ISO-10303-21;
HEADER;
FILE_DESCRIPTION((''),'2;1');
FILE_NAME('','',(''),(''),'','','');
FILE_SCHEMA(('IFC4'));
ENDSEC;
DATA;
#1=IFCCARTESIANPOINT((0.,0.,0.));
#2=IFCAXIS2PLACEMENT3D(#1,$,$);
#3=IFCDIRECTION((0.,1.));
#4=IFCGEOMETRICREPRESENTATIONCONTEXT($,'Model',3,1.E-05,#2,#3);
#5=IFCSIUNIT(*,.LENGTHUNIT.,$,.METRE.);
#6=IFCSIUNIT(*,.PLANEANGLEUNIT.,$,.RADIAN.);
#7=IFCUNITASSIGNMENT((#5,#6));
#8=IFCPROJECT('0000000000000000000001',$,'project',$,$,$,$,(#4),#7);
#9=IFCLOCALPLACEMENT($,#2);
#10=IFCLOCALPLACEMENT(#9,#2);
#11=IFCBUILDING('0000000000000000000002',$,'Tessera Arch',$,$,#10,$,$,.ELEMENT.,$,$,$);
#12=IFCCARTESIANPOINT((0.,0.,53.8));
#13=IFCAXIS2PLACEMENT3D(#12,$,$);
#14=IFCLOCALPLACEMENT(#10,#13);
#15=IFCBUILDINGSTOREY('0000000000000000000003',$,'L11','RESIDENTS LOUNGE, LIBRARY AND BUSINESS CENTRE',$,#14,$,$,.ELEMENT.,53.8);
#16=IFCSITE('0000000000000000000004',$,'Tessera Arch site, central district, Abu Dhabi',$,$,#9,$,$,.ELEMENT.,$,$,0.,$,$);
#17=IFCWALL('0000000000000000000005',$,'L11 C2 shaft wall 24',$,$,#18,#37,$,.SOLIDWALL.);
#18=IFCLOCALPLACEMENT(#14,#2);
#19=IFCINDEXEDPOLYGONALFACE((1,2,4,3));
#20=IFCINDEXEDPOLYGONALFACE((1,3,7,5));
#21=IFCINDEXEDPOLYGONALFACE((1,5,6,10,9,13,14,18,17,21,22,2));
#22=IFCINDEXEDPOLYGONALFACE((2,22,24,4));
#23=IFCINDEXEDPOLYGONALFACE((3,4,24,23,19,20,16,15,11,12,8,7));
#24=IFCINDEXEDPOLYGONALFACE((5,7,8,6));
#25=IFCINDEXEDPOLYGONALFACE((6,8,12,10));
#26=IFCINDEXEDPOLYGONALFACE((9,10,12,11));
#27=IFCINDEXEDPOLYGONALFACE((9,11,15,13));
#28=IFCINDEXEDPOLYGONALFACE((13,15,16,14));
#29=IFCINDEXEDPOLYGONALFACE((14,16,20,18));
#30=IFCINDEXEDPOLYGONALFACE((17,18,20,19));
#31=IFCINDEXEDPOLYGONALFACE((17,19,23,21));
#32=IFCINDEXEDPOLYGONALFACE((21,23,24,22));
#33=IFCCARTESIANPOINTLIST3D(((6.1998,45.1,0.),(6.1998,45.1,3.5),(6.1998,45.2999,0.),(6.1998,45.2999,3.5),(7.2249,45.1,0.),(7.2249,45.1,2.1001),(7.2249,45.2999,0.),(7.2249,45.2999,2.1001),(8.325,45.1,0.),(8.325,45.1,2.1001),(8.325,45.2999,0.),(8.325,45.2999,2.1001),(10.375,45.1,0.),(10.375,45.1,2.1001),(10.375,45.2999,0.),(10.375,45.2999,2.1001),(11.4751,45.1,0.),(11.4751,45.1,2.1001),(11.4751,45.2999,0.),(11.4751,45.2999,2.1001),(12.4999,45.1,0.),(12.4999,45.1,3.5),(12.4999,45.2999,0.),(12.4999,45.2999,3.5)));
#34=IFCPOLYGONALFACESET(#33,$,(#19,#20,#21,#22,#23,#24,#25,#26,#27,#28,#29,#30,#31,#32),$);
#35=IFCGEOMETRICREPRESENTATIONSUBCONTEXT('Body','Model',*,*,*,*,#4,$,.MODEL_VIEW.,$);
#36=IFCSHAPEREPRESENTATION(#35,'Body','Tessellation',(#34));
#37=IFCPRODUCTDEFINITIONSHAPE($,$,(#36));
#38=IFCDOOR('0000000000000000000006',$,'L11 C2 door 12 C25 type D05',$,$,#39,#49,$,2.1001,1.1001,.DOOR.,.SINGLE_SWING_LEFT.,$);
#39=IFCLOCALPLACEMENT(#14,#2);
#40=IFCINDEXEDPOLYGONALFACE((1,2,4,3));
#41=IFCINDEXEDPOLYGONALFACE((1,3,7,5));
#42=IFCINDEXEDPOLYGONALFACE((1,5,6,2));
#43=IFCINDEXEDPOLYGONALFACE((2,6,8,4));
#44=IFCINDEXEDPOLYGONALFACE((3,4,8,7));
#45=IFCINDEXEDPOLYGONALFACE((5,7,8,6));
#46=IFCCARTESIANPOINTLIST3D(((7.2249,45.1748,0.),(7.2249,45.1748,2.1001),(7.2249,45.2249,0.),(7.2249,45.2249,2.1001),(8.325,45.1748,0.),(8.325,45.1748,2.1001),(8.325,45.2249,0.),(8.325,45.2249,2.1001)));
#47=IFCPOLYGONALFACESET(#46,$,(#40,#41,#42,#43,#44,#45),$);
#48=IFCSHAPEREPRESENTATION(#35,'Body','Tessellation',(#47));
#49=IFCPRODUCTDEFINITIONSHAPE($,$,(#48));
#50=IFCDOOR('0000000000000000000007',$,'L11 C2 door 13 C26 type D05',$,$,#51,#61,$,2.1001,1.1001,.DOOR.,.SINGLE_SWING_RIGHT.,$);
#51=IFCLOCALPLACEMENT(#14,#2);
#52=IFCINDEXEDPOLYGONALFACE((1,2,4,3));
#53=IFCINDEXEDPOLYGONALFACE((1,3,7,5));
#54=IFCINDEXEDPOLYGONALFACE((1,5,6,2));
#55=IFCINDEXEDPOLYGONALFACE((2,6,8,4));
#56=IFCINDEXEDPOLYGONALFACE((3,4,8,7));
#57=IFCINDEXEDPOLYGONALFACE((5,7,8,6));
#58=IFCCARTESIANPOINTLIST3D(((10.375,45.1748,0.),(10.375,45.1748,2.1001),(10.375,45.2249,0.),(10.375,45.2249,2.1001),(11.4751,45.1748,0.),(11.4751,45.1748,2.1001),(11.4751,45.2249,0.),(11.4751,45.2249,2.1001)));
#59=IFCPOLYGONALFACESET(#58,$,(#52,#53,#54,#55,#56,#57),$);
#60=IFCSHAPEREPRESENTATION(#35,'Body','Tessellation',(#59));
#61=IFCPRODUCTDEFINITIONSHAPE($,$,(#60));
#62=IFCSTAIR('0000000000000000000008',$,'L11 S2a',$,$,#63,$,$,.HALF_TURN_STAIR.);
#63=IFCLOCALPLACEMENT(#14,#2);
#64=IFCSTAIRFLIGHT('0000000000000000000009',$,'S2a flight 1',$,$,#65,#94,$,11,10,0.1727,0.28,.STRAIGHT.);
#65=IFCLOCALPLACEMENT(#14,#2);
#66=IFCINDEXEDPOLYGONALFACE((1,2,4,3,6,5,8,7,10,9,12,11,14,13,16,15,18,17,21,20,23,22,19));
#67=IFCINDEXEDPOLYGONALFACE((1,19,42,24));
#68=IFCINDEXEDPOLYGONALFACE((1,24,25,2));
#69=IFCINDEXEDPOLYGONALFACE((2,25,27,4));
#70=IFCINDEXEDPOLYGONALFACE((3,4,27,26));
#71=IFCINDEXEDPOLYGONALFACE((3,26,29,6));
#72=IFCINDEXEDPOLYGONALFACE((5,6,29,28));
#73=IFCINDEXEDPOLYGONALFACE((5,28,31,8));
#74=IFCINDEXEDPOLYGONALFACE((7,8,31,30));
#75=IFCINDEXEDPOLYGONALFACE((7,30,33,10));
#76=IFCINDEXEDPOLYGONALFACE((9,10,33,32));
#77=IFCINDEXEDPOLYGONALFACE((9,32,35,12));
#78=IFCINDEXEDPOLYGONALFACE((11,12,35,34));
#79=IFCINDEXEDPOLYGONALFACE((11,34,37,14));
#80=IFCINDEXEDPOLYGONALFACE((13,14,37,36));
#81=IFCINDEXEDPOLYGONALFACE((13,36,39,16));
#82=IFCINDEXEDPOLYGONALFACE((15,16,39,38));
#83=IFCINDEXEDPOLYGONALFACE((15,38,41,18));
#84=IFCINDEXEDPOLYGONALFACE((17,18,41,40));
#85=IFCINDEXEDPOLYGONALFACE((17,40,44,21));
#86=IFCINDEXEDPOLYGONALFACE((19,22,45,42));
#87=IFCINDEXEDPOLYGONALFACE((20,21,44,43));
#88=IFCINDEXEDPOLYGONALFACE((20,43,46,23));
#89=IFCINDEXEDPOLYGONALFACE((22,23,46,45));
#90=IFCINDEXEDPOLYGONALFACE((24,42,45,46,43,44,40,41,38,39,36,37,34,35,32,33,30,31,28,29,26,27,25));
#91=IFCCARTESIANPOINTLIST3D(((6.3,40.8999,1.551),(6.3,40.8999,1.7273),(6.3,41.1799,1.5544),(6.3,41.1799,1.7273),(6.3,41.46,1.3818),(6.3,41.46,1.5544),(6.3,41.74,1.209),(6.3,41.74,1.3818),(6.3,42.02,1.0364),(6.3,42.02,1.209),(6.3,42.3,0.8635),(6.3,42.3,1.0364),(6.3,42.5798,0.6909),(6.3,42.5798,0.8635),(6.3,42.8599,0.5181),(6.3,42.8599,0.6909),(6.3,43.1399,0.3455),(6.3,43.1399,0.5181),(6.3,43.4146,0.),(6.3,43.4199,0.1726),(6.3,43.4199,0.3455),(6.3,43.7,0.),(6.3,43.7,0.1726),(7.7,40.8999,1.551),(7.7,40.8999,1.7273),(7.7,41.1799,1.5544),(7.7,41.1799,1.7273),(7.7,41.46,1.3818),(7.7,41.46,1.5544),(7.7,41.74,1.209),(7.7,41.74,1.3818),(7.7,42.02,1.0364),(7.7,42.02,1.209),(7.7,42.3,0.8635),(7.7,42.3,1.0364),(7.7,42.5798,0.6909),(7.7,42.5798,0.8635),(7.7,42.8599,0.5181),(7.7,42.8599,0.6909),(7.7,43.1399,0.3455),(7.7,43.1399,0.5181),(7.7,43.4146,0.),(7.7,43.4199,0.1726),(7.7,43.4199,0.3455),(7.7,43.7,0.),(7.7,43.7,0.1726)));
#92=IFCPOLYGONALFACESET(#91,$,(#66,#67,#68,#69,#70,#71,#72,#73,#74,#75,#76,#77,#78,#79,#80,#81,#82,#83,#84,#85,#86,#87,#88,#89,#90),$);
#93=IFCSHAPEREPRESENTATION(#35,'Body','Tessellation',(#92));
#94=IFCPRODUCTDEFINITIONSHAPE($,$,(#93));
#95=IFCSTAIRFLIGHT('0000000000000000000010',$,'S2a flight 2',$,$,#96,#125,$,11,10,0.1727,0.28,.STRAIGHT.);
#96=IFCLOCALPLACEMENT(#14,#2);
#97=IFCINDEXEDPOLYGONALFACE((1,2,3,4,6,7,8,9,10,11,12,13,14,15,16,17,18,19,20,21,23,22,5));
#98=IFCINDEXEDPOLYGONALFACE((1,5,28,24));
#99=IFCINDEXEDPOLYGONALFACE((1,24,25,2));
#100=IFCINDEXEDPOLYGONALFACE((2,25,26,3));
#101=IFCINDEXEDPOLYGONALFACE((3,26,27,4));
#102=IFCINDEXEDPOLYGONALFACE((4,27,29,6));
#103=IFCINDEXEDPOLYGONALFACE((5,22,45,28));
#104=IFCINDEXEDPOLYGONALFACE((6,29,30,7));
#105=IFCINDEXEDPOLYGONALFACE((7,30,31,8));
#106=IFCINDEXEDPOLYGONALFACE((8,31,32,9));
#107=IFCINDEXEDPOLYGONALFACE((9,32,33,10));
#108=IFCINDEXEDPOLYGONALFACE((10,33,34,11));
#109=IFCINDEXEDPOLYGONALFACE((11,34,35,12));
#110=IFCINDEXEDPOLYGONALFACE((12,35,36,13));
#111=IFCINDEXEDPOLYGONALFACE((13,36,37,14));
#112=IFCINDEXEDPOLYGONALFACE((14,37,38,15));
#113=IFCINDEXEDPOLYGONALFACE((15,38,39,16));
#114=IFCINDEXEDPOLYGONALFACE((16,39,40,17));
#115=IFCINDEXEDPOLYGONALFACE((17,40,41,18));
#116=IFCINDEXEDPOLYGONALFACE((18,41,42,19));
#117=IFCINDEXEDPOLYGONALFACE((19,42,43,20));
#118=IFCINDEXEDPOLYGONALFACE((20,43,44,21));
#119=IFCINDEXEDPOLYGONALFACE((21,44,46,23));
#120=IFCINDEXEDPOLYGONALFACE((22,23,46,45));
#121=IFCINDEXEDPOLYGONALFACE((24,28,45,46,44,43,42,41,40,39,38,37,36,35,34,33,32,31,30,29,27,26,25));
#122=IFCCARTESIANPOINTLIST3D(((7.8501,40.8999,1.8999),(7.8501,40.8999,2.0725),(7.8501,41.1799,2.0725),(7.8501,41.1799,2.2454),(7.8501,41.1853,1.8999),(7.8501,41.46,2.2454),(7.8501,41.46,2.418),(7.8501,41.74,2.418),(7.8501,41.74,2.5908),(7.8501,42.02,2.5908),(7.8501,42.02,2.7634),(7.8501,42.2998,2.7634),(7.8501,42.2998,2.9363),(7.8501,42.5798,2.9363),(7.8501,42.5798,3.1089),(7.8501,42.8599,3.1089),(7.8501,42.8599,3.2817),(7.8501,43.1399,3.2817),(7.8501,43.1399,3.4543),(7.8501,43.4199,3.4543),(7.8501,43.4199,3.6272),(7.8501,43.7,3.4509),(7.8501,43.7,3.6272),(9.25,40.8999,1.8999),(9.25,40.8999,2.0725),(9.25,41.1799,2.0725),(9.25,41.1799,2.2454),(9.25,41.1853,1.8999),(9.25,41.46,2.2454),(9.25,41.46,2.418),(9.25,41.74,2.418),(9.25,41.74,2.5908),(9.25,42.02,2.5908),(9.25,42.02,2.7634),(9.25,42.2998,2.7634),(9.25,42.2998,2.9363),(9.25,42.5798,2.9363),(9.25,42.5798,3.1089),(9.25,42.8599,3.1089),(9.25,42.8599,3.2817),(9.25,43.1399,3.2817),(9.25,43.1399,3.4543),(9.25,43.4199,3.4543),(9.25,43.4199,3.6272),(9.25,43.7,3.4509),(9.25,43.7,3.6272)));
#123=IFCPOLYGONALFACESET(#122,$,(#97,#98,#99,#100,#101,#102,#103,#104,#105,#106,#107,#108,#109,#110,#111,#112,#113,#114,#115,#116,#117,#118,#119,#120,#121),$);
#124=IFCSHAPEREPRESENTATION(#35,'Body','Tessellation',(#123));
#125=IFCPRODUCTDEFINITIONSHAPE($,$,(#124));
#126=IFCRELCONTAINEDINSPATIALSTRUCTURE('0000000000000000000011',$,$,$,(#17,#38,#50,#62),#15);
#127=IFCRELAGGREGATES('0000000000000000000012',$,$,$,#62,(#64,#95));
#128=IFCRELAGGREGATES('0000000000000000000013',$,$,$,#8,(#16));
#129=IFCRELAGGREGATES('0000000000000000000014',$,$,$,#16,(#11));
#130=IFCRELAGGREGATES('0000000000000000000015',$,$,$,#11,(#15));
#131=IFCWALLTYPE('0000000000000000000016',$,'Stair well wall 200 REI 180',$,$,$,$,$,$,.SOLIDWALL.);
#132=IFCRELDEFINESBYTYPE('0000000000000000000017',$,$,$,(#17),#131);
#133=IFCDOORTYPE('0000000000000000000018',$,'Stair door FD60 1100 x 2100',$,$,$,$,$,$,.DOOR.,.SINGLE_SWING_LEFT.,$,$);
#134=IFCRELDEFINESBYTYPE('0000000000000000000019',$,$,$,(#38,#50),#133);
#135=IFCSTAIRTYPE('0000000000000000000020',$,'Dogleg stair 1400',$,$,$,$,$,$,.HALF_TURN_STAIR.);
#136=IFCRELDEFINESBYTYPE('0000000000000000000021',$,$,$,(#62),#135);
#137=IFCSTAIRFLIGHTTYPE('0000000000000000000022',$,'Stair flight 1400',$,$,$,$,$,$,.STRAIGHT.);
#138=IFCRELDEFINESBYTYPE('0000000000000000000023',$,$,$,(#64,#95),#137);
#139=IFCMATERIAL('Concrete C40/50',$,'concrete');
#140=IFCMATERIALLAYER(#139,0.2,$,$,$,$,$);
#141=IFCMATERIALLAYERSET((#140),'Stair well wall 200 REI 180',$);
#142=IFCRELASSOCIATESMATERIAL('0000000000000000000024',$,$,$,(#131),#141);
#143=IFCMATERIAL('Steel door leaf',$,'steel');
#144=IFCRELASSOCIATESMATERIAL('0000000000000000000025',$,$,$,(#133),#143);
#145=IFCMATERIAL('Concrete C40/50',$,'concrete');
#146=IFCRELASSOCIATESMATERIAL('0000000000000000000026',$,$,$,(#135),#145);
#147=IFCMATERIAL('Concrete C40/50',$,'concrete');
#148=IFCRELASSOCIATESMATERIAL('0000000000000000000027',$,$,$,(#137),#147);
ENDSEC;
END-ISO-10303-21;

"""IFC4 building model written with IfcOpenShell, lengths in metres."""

from ifc_helpers import new_model, si_unit, direction, frame, frame_2d, origin, place, context, subcontext, project, spatial, polyline, rectangle, outline, extrude, material, layer, layer_set, type_object, element, fill, aggregate, save


model = new_model("IFC4")

# Units and contexts
model_context = context("Model", 3, precision=1e-05, world=origin(), true_north=direction((0.0, 1.0)))
body_context = subcontext(model_context, "Body", "Model", "MODEL_VIEW")
ifc_project = project(units=[si_unit("LENGTHUNIT", "METRE"), si_unit("PLANEANGLEUNIT", "RADIAN")], contexts=[model_context])

# Site, building, storey
site_placement = place(None, origin())
site = spatial("IfcSite", under=ifc_project, at=site_placement, Name="Tessera Arch site, central district, Abu Dhabi", CompositionType="ELEMENT", RefElevation=0.0)
building_placement = place(site_placement, origin())
building = spatial("IfcBuilding", under=site, at=building_placement, Name="Tessera Arch", CompositionType="ELEMENT")
storey_placement = place(building_placement, frame((0.0, 0.0, 53.8)))
storey = spatial("IfcBuildingStorey", under=building, at=storey_placement, Name="L11", Description="RESIDENTS LOUNGE, LIBRARY AND BUSINESS CENTRE", CompositionType="ELEMENT", Elevation=53.8)

# Shared definitions
ifc_material_1 = material(Name="Concrete C40/50", Category="concrete")
ifc_layer_1 = layer(ifc_material_1, 0.2)
ifc_layer_set_1 = layer_set([ifc_layer_1], Name="Stair well wall 200 REI 180")
wall_type_1 = type_object("IfcWallType", Name="Stair well wall 200 REI 180", PredefinedType="SOLIDWALL", material=ifc_layer_set_1)

# Wall, openings, doors
wall_1_placement = place(storey_placement, frame((6.2, 45.2, 0.0), z_axis=(0.0, 0.0, 1.0), x_axis=(1.0, 0.0, 0.0)))
wall_1 = element("IfcWall", 1, at=wall_1_placement, inside=storey, type_object=wall_type_1, Name="L11 C2 shaft wall 24", PredefinedType="SOLIDWALL", context=body_context, shape_type="SweptSolid", body=[
    extrude(rectangle(XDim=6.3, YDim=0.2, at=frame_2d((3.1499, 0.0))), origin(), (0.0, 0.0, 1.0), 3.5),
])
opening_1_placement = place(wall_1_placement, frame((1.0249, 0.0, 0.0)))
opening_1 = element("IfcOpeningElement", 2, at=opening_1_placement, cuts=wall_1, PredefinedType="OPENING", context=body_context, shape_type="SweptSolid", body=[
    extrude(rectangle(XDim=1.1001, YDim=2.1001, at=frame_2d((0.55, 1.05))), frame((0.0, 0.1099, 0.0), z_axis=(0.0, -1.0, 0.0), x_axis=(1.0, 0.0, 0.0)), (0.0, 0.0, 1.0), 0.22),
])
opening_2_placement = place(wall_1_placement, frame((4.175, 0.0, 0.0)))
opening_2 = element("IfcOpeningElement", 3, at=opening_2_placement, cuts=wall_1, PredefinedType="OPENING", context=body_context, shape_type="SweptSolid", body=[
    extrude(rectangle(XDim=1.1001, YDim=2.1001, at=frame_2d((0.55, 1.05))), frame((0.0, 0.1099, 0.0), z_axis=(0.0, -1.0, 0.0), x_axis=(1.0, 0.0, 0.0)), (0.0, 0.0, 1.0), 0.22),
])
ifc_material_2 = material(Name="Steel door leaf", Category="steel")
door_type_1 = type_object("IfcDoorType", Name="Stair door FD60 1100 x 2100", OperationType="SINGLE_SWING_LEFT", PredefinedType="DOOR", material=ifc_material_2)
door_1_placement = place(opening_1_placement, origin())
door_1 = element("IfcDoor", 4, at=door_1_placement, inside=storey, type_object=door_type_1, Name="L11 C2 door 12 C25 type D05", OperationType="SINGLE_SWING_LEFT", OverallHeight=2.1001, OverallWidth=1.1001, PredefinedType="DOOR", context=body_context, shape_type="SweptSolid", body=[
    extrude(rectangle(XDim=1.1001, YDim=2.1001, at=frame_2d((0.55, 1.05))), frame((0.0, 0.0249, 0.0), z_axis=(0.0, -1.0, 0.0), x_axis=(1.0, 0.0, 0.0)), (0.0, 0.0, 1.0), 0.05),
])
fill(opening_1, door_1)
door_2_placement = place(opening_2_placement, origin())
door_2 = element("IfcDoor", 5, at=door_2_placement, inside=storey, type_object=door_type_1, Name="L11 C2 door 13 C26 type D05", OperationType="SINGLE_SWING_RIGHT", OverallHeight=2.1001, OverallWidth=1.1001, PredefinedType="DOOR", context=body_context, shape_type="SweptSolid", body=[
    extrude(rectangle(XDim=1.1001, YDim=2.1001, at=frame_2d((0.55, 1.05))), frame((0.0, 0.0249, 0.0), z_axis=(0.0, -1.0, 0.0), x_axis=(1.0, 0.0, 0.0)), (0.0, 0.0, 1.0), 0.05),
])
fill(opening_2, door_2)

# Stair, stair flights
ifc_material_3 = material(Name="Concrete C40/50", Category="concrete")
stair_type = type_object("IfcStairType", Name="Dogleg stair 1400", PredefinedType="HALF_TURN_STAIR", material=ifc_material_3)
stair_placement = place(storey_placement, origin())
stair = element("IfcStair", 6, at=stair_placement, inside=storey, type_object=stair_type, Name="L11 S2a", PredefinedType="HALF_TURN_STAIR")
ifc_material_4 = material(Name="Concrete C40/50", Category="concrete")
stair_flight_type = type_object("IfcStairFlightType", Name="Stair flight 1400", PredefinedType="STRAIGHT", material=ifc_material_4)
stair_flight_1_placement = place(storey_placement, frame((7.0, 43.7, 0.0), z_axis=(0.0, 0.0, 1.0), x_axis=(0.0, -1.0, 0.0)))
stair_flight_1 = element("IfcStairFlight", 7, at=stair_flight_1_placement, type_object=stair_flight_type, Name="S2a flight 1", NumberOfRisers=11, NumberOfTreads=10, PredefinedType="STRAIGHT", RiserHeight=0.1727, TreadLength=0.28, context=body_context, shape_type="SweptSolid", body=[
    extrude(outline(polyline([(0.0, 0.0), (0.0, 0.1726), (0.28, 0.1726), (0.28, 0.3455), (0.5601, 0.3455), (0.5601, 0.5181), (0.8401, 0.5181), (0.8401, 0.6909), (1.1201, 0.6909), (1.1201, 0.8635), (1.3999, 0.8635), (1.3999, 1.0364), (1.6799, 1.0364), (1.6799, 1.209), (1.96, 1.209), (1.96, 1.3818), (2.24, 1.3818), (2.24, 1.5544), (2.52, 1.5544), (2.52, 1.7273), (2.8, 1.7273), (2.8, 1.8999), (2.8, 1.551), (0.2854, 0.0), (0.0, 0.0)])), frame((0.0, 0.7, 0.0), z_axis=(0.0, -1.0, 0.0), x_axis=(1.0, 0.0, 0.0)), (0.0, 0.0, 1.0), 1.3999),
])
stair_flight_2_placement = place(storey_placement, frame((8.55, 40.8999, 1.8999), z_axis=(0.0, 0.0, 1.0), x_axis=(0.0, 1.0, 0.0)))
stair_flight_2 = element("IfcStairFlight", 8, at=stair_flight_2_placement, type_object=stair_flight_type, Name="S2a flight 2", NumberOfRisers=11, NumberOfTreads=10, PredefinedType="STRAIGHT", RiserHeight=0.1727, TreadLength=0.28, context=body_context, shape_type="SweptSolid", body=[
    extrude(outline(polyline([(0.0, 0.0), (0.0, 0.1726), (0.28, 0.1726), (0.28, 0.3455), (0.5601, 0.3455), (0.5601, 0.5181), (0.8401, 0.5181), (0.8401, 0.6909), (1.1201, 0.6909), (1.1201, 0.8635), (1.3999, 0.8635), (1.3999, 1.0364), (1.6799, 1.0364), (1.6799, 1.209), (1.96, 1.209), (1.96, 1.3818), (2.24, 1.3818), (2.24, 1.5544), (2.52, 1.5544), (2.52, 1.7273), (2.8, 1.7273), (2.8, 1.8999), (2.8, 1.551), (0.2854, 0.0), (0.0, 0.0)])), frame((0.0, 0.7, 0.0), z_axis=(0.0, -1.0, 0.0), x_axis=(1.0, 0.0, 0.0)), (0.0, 0.0, 1.0), 1.3999),
])
aggregate(stair, [stair_flight_1, stair_flight_2])

save(model, "model.ifc")
